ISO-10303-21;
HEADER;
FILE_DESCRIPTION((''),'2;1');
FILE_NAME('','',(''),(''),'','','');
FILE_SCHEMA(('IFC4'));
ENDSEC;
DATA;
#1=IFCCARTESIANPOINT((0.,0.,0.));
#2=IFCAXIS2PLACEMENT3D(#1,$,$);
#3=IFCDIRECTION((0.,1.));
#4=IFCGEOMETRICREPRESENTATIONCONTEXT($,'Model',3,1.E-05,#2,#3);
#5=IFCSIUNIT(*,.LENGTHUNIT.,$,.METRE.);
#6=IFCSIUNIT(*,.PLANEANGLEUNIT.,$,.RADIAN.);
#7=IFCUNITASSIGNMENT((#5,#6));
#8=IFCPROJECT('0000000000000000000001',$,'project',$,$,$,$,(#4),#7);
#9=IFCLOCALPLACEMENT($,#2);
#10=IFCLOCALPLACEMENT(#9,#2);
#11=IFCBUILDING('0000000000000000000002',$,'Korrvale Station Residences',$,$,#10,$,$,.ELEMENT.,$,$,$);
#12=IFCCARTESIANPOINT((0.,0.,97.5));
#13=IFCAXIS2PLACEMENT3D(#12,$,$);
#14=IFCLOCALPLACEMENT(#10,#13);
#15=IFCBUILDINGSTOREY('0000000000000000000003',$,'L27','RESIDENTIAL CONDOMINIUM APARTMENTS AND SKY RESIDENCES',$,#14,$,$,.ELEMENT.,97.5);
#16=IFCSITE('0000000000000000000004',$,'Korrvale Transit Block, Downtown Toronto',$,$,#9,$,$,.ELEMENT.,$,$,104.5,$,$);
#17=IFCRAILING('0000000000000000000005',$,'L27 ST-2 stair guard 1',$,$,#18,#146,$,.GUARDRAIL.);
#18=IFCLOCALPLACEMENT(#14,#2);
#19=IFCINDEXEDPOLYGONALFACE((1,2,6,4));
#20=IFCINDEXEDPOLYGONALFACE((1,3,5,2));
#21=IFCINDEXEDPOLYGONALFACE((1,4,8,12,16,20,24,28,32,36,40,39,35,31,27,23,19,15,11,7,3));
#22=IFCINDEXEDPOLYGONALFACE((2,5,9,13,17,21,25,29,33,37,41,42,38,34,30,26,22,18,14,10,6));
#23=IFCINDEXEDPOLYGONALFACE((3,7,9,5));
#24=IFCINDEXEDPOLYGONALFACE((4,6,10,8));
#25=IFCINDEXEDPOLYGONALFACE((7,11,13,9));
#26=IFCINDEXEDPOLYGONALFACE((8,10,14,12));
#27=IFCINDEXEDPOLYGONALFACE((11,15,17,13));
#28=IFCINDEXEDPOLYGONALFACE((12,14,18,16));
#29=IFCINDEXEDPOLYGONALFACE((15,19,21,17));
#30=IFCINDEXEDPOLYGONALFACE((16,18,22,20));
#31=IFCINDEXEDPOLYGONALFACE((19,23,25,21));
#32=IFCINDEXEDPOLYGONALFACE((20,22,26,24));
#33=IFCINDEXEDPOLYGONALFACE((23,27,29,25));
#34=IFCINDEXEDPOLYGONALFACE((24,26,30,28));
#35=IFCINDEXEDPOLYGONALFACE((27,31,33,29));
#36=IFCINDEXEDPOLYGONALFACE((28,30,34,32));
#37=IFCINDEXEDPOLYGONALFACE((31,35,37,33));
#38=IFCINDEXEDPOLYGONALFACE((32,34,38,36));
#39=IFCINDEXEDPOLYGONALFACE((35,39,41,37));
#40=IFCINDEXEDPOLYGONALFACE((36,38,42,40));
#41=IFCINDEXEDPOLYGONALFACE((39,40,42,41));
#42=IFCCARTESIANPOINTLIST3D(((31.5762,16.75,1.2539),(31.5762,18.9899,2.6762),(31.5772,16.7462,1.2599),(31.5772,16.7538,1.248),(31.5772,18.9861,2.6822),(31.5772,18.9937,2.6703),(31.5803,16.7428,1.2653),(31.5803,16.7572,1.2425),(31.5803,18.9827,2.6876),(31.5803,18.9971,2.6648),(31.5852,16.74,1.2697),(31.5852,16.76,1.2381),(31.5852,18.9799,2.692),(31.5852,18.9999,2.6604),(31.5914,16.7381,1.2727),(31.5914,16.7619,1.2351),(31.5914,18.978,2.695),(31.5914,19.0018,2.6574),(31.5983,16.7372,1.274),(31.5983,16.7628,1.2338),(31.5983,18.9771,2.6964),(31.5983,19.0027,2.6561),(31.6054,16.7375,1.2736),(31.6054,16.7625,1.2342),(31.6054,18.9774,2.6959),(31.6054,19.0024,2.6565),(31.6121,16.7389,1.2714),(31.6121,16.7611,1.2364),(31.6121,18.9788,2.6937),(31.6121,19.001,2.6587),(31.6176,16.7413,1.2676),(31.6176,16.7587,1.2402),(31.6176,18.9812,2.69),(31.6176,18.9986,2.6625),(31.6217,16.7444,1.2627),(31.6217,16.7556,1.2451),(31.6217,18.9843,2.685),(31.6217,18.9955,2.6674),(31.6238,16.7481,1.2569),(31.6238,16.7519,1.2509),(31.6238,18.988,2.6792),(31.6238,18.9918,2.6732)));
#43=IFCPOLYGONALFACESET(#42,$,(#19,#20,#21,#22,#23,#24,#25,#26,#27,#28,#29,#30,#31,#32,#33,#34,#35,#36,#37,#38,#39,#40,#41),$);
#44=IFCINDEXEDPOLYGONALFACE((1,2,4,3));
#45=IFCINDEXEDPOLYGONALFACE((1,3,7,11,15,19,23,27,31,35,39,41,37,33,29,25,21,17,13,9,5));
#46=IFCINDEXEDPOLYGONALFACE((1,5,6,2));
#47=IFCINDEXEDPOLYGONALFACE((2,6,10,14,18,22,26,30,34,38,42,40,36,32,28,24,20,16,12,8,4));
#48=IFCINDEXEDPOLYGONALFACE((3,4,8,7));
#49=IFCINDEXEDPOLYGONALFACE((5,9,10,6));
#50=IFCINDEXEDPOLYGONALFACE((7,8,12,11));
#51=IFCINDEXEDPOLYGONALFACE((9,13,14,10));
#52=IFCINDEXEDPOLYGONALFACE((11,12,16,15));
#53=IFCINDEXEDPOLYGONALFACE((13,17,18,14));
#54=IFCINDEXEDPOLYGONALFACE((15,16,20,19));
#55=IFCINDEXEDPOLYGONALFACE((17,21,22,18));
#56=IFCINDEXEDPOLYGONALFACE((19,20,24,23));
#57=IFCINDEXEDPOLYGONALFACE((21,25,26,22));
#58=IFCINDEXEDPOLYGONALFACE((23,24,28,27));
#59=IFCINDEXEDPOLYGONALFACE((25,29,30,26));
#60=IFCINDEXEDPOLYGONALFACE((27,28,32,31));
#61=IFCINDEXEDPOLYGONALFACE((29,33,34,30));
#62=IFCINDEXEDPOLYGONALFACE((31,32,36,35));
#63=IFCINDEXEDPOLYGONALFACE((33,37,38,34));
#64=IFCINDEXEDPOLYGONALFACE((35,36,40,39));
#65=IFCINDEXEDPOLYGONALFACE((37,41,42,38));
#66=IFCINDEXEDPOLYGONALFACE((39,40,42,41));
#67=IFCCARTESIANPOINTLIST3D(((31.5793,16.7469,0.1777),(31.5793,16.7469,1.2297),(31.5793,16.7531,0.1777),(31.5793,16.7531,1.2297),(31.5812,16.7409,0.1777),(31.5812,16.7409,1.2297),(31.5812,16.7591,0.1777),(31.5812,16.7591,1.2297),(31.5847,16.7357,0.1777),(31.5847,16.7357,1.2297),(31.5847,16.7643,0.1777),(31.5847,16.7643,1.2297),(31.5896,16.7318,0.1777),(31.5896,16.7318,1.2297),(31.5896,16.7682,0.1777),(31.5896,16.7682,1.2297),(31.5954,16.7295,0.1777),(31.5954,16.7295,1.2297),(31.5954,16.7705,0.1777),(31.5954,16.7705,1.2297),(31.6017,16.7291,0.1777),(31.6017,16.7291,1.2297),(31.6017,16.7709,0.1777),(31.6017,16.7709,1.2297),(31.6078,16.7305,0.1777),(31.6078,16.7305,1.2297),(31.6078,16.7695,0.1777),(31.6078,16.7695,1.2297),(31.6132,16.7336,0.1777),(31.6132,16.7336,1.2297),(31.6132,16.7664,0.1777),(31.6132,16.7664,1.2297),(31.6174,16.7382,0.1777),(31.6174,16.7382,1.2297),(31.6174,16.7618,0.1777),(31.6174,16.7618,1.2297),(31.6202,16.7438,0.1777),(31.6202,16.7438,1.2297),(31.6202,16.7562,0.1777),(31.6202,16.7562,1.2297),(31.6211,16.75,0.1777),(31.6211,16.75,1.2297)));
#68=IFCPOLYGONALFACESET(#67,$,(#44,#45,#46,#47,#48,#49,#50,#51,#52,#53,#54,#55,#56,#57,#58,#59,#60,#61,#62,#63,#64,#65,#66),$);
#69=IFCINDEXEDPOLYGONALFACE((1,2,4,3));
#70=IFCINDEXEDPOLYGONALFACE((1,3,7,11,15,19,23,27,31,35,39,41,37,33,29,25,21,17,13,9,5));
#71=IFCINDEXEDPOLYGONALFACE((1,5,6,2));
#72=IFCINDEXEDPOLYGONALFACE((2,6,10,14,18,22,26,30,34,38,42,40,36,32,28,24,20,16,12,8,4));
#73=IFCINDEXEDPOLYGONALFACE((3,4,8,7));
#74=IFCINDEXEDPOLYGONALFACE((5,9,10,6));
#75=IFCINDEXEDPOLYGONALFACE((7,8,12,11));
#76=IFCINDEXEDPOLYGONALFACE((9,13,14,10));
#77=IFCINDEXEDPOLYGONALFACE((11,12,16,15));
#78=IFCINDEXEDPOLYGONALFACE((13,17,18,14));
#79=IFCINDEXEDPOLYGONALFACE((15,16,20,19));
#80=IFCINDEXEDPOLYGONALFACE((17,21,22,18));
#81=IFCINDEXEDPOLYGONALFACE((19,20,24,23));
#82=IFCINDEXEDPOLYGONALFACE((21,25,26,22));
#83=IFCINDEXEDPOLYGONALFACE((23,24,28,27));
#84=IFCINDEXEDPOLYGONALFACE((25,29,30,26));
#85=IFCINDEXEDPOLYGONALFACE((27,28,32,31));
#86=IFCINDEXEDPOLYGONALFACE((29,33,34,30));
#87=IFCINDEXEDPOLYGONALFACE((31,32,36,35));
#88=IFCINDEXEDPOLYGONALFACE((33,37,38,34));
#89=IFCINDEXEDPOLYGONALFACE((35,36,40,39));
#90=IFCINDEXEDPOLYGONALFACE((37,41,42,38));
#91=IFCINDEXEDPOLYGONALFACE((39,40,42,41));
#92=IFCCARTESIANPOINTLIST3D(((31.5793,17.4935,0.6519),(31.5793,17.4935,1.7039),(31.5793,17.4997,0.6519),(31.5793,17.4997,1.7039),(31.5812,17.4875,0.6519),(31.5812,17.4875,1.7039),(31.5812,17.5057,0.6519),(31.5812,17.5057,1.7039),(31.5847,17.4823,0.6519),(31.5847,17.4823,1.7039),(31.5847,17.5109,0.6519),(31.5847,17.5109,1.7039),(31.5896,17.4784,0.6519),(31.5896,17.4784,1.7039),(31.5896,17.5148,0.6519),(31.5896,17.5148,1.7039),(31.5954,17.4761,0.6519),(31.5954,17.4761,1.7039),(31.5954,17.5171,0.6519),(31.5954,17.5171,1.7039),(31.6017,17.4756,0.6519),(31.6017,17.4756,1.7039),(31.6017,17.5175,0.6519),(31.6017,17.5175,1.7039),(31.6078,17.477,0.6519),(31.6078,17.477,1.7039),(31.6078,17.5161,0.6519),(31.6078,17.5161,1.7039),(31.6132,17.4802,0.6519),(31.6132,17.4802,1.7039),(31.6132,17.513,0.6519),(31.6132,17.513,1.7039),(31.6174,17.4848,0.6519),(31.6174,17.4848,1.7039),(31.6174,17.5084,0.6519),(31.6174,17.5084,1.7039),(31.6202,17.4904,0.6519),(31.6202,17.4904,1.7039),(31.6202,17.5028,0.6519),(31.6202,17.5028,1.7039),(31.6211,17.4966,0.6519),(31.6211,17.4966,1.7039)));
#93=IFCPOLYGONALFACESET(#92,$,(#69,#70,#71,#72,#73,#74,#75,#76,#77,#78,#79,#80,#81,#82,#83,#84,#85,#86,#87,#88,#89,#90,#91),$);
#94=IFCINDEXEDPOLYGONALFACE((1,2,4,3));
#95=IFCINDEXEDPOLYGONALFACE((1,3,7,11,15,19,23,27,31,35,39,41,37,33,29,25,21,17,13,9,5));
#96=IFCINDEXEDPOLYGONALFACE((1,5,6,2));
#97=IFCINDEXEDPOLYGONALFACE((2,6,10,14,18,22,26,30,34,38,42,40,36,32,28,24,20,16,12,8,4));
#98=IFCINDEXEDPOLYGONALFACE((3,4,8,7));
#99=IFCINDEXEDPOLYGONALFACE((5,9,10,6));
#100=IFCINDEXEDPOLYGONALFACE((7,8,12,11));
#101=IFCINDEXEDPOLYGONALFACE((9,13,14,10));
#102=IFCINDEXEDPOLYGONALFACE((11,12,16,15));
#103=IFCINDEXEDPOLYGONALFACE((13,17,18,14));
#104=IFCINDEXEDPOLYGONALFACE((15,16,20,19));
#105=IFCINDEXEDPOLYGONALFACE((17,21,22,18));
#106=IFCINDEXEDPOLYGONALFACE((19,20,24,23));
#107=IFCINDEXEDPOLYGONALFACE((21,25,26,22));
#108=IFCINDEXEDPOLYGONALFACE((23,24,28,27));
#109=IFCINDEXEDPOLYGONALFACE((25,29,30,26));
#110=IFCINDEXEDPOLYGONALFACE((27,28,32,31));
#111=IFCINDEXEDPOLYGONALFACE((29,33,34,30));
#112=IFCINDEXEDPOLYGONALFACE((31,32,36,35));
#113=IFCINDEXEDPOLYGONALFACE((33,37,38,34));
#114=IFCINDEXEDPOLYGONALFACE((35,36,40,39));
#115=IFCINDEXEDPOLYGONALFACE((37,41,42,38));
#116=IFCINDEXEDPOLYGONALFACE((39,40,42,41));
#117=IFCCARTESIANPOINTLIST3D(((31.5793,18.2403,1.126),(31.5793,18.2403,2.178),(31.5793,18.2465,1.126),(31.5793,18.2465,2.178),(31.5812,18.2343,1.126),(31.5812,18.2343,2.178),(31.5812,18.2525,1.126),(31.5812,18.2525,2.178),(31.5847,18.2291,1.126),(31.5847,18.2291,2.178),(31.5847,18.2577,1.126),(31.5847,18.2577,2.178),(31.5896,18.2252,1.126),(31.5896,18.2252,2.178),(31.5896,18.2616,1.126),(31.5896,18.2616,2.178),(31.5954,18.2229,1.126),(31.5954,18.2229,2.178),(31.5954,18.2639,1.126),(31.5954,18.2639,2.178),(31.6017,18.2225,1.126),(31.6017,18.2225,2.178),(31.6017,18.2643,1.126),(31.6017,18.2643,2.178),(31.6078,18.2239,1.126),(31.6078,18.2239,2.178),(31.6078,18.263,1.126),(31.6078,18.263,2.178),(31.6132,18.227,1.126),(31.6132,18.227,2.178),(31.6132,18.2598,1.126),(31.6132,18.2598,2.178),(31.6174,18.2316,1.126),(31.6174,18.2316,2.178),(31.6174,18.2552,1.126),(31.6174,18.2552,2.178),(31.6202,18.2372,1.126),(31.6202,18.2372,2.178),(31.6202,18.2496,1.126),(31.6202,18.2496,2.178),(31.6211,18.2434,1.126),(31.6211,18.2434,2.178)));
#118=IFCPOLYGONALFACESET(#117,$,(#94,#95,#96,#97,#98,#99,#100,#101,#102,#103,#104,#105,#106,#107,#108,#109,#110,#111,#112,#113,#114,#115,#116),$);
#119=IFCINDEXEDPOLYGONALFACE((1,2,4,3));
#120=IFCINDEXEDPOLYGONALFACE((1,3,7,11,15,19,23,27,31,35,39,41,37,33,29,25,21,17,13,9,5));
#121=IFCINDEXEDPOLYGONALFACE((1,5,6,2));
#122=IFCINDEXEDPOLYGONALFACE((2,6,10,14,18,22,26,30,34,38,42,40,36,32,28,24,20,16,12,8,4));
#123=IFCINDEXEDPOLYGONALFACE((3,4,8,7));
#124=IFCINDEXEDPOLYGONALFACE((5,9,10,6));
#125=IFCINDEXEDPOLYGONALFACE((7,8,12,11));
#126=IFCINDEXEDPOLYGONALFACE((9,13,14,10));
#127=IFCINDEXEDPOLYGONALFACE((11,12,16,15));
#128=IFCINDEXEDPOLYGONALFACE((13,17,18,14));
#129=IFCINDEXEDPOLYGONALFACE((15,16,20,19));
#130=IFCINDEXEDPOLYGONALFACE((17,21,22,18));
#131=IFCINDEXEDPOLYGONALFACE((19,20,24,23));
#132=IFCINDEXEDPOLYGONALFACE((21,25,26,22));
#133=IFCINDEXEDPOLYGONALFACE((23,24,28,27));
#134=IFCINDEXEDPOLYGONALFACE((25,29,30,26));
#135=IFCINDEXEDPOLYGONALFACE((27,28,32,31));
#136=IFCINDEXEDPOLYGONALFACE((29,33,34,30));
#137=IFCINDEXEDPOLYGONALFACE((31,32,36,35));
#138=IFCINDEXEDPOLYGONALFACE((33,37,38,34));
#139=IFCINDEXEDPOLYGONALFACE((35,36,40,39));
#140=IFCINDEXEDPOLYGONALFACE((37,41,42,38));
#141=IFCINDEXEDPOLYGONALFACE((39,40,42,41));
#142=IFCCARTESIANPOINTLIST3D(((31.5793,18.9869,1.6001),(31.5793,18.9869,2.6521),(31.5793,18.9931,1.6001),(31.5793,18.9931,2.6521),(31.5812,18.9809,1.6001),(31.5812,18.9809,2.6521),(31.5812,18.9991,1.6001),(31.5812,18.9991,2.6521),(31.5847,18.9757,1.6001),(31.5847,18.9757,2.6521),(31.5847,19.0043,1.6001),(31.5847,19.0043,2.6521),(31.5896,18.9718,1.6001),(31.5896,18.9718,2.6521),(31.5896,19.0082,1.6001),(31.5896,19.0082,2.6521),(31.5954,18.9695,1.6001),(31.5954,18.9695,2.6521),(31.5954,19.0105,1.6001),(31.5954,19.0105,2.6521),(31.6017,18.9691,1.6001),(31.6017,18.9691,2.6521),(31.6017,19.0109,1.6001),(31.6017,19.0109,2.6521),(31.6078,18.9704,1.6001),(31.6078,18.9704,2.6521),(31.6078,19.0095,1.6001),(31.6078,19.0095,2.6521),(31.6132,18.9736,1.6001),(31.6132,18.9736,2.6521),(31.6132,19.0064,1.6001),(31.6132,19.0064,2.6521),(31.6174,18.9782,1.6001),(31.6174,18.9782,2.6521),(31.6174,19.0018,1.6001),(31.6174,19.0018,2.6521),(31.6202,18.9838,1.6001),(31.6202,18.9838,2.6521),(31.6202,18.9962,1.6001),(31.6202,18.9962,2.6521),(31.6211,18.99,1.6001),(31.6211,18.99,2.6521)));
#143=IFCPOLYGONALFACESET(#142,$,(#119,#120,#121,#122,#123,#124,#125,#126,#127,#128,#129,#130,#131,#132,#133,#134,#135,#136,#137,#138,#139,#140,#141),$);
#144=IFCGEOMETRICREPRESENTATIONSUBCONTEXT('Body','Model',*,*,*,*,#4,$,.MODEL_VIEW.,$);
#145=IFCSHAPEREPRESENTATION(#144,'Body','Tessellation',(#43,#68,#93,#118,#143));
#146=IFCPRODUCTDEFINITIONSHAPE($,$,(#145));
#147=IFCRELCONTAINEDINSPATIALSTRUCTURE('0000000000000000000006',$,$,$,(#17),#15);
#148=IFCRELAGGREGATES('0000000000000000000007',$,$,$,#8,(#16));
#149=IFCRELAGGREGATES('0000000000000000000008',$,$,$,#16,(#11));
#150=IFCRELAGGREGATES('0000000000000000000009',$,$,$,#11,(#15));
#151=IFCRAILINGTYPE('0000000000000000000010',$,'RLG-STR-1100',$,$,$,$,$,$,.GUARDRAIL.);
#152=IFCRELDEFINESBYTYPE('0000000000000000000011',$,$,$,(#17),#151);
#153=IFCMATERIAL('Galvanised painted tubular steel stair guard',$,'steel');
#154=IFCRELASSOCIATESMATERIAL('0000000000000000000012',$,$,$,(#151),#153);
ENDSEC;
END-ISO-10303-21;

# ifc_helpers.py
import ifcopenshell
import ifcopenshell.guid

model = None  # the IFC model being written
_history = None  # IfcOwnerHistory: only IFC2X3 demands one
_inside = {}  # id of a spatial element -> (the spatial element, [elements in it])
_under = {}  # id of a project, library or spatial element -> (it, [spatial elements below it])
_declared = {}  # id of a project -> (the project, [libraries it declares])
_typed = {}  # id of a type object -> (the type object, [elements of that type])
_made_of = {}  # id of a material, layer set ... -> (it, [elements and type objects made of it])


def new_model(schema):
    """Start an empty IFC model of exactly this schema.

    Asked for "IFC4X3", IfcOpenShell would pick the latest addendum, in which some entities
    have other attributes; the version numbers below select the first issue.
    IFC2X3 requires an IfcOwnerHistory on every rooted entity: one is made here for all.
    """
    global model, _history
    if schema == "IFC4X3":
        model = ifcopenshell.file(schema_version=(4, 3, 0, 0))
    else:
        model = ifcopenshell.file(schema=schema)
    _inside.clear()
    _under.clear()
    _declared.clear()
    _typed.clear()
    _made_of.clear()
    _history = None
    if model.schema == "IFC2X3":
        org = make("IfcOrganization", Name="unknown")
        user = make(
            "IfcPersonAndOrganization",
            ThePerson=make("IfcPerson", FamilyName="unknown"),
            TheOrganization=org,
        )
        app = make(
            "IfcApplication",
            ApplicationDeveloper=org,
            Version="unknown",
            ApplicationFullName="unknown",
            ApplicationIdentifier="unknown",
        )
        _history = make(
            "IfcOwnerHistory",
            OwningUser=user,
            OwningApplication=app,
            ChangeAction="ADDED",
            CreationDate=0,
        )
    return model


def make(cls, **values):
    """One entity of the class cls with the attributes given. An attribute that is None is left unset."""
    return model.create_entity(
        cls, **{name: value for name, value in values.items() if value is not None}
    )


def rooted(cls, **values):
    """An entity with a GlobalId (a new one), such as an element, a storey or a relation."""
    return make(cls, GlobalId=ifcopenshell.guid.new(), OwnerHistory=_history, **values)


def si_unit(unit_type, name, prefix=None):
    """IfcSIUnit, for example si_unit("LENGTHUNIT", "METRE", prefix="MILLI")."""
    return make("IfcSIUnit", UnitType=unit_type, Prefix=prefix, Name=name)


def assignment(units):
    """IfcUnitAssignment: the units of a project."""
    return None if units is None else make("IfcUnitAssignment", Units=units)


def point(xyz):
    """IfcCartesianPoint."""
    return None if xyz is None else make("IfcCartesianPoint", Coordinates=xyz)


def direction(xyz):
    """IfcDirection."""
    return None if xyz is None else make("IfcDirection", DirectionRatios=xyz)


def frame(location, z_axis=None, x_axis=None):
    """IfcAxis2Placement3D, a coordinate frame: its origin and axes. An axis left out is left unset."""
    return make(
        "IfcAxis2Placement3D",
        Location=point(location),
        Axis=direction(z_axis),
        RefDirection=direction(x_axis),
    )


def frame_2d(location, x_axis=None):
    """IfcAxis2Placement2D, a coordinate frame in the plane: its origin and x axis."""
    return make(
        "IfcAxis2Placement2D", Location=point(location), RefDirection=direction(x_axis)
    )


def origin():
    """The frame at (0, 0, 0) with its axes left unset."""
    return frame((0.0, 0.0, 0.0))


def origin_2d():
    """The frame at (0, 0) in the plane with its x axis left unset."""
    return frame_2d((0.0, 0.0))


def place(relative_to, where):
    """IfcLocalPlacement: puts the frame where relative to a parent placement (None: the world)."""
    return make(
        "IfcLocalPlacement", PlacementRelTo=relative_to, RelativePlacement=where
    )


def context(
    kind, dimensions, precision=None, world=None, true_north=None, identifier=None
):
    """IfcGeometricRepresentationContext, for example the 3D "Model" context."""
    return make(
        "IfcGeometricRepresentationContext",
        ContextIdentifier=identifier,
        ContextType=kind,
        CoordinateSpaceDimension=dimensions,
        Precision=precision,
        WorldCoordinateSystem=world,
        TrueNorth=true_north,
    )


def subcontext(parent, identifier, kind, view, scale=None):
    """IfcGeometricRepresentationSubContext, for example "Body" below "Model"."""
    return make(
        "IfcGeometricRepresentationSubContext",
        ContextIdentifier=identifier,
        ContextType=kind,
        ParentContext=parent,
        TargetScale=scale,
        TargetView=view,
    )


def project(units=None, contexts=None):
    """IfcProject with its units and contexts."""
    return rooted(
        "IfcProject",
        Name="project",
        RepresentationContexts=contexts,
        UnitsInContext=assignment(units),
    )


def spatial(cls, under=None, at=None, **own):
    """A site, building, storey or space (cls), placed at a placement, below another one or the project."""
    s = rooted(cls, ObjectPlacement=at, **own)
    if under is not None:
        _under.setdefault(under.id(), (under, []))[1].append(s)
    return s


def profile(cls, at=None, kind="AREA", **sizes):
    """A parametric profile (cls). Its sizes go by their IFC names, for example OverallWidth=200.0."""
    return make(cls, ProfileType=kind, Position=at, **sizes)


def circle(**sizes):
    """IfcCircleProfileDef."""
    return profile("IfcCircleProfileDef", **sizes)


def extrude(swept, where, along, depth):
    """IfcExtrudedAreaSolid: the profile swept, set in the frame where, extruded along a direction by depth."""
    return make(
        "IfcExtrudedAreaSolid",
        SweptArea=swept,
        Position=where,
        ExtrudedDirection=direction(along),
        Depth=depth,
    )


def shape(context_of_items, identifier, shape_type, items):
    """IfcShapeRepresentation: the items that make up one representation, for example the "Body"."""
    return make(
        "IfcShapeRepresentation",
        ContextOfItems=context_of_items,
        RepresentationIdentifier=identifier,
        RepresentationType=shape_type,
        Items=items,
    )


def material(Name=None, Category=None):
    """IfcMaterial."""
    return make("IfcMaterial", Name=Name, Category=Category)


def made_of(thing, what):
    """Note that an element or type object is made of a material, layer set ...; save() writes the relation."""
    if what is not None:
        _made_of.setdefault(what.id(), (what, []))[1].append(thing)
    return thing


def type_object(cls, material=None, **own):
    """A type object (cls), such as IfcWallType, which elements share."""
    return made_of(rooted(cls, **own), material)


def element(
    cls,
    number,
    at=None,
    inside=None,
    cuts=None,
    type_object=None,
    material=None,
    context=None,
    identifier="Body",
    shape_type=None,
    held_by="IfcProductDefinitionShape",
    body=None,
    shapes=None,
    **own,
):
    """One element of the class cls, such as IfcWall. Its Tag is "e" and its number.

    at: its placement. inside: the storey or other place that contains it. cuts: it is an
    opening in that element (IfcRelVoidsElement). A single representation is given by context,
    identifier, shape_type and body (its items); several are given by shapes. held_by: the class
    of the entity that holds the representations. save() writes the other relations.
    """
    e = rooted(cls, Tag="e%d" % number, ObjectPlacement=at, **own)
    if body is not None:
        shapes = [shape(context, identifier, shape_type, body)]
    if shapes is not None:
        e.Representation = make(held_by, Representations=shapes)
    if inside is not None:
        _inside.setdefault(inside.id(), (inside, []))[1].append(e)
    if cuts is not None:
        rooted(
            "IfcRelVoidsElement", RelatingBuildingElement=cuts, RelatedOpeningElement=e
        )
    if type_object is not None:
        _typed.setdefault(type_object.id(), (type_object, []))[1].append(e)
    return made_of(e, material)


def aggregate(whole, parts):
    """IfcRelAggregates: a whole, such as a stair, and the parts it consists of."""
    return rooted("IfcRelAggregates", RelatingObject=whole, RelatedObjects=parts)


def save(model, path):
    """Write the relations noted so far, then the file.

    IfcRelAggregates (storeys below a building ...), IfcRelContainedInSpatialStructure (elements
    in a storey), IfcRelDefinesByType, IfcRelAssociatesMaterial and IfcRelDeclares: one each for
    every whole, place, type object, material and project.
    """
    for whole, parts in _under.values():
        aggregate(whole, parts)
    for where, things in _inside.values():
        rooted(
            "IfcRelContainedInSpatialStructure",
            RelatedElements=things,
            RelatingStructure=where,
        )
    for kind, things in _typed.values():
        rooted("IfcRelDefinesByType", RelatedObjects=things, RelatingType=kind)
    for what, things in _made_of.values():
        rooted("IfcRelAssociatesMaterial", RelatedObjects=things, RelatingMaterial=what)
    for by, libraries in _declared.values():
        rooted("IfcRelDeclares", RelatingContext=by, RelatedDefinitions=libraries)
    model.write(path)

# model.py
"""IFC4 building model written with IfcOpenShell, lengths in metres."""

from ifc_helpers import new_model, si_unit, direction, frame, origin, origin_2d, place, context, subcontext, project, spatial, circle, extrude, material, type_object, element, save


model = new_model("IFC4")

# Units and contexts
model_context = context("Model", 3, precision=1e-05, world=origin(), true_north=direction((0.0, 1.0)))
body_context = subcontext(model_context, "Body", "Model", "MODEL_VIEW")
ifc_project = project(units=[si_unit("LENGTHUNIT", "METRE"), si_unit("PLANEANGLEUNIT", "RADIAN")], contexts=[model_context])

# Site, building, storey
site_placement = place(None, origin())
site = spatial("IfcSite", under=ifc_project, at=site_placement, Name="Korrvale Transit Block, Downtown Toronto", CompositionType="ELEMENT", RefElevation=104.5)
building_placement = place(site_placement, origin())
building = spatial("IfcBuilding", under=site, at=building_placement, Name="Korrvale Station Residences", CompositionType="ELEMENT")
storey_placement = place(building_placement, frame((0.0, 0.0, 97.5)))
storey = spatial("IfcBuildingStorey", under=building, at=storey_placement, Name="L27", Description="RESIDENTIAL CONDOMINIUM APARTMENTS AND SKY RESIDENCES", CompositionType="ELEMENT", Elevation=97.5)

# Railing
ifc_material_1 = material(Name="Galvanised painted tubular steel stair guard", Category="steel")
railing_type_1 = type_object("IfcRailingType", Name="RLG-STR-1100", PredefinedType="GUARDRAIL", material=ifc_material_1)
railing_1_placement = place(storey_placement, frame((31.6001, 16.75, 0.1777)))
element("IfcRailing", 1, at=railing_1_placement, inside=storey, type_object=railing_type_1, Name="L27 ST-2 stair guard 1", PredefinedType="GUARDRAIL", context=body_context, shape_type="SweptSolid", body=[
    extrude(circle(Radius=0.0239, at=origin_2d()), frame((0.0, 0.0, 1.0762), z_axis=(0.0, 0.844188, 0.536048), x_axis=(-1.0, 0.0, 0.0)), (0.0, 0.0, 1.0), 2.6533),
    extrude(circle(Radius=0.021, at=origin_2d()), origin(), (0.0, 0.0, 1.0), 1.052),
    extrude(circle(Radius=0.021, at=origin_2d()), frame((0.0, 0.7466, 0.4741)), (0.0, 0.0, 1.0), 1.052),
    extrude(circle(Radius=0.021, at=origin_2d()), frame((0.0, 1.4934, 0.9482)), (0.0, 0.0, 1.0), 1.052),
    extrude(circle(Radius=0.021, at=origin_2d()), frame((0.0, 2.24, 1.4224)), (0.0, 0.0, 1.0), 1.052),
])

save(model, "model.ifc")
